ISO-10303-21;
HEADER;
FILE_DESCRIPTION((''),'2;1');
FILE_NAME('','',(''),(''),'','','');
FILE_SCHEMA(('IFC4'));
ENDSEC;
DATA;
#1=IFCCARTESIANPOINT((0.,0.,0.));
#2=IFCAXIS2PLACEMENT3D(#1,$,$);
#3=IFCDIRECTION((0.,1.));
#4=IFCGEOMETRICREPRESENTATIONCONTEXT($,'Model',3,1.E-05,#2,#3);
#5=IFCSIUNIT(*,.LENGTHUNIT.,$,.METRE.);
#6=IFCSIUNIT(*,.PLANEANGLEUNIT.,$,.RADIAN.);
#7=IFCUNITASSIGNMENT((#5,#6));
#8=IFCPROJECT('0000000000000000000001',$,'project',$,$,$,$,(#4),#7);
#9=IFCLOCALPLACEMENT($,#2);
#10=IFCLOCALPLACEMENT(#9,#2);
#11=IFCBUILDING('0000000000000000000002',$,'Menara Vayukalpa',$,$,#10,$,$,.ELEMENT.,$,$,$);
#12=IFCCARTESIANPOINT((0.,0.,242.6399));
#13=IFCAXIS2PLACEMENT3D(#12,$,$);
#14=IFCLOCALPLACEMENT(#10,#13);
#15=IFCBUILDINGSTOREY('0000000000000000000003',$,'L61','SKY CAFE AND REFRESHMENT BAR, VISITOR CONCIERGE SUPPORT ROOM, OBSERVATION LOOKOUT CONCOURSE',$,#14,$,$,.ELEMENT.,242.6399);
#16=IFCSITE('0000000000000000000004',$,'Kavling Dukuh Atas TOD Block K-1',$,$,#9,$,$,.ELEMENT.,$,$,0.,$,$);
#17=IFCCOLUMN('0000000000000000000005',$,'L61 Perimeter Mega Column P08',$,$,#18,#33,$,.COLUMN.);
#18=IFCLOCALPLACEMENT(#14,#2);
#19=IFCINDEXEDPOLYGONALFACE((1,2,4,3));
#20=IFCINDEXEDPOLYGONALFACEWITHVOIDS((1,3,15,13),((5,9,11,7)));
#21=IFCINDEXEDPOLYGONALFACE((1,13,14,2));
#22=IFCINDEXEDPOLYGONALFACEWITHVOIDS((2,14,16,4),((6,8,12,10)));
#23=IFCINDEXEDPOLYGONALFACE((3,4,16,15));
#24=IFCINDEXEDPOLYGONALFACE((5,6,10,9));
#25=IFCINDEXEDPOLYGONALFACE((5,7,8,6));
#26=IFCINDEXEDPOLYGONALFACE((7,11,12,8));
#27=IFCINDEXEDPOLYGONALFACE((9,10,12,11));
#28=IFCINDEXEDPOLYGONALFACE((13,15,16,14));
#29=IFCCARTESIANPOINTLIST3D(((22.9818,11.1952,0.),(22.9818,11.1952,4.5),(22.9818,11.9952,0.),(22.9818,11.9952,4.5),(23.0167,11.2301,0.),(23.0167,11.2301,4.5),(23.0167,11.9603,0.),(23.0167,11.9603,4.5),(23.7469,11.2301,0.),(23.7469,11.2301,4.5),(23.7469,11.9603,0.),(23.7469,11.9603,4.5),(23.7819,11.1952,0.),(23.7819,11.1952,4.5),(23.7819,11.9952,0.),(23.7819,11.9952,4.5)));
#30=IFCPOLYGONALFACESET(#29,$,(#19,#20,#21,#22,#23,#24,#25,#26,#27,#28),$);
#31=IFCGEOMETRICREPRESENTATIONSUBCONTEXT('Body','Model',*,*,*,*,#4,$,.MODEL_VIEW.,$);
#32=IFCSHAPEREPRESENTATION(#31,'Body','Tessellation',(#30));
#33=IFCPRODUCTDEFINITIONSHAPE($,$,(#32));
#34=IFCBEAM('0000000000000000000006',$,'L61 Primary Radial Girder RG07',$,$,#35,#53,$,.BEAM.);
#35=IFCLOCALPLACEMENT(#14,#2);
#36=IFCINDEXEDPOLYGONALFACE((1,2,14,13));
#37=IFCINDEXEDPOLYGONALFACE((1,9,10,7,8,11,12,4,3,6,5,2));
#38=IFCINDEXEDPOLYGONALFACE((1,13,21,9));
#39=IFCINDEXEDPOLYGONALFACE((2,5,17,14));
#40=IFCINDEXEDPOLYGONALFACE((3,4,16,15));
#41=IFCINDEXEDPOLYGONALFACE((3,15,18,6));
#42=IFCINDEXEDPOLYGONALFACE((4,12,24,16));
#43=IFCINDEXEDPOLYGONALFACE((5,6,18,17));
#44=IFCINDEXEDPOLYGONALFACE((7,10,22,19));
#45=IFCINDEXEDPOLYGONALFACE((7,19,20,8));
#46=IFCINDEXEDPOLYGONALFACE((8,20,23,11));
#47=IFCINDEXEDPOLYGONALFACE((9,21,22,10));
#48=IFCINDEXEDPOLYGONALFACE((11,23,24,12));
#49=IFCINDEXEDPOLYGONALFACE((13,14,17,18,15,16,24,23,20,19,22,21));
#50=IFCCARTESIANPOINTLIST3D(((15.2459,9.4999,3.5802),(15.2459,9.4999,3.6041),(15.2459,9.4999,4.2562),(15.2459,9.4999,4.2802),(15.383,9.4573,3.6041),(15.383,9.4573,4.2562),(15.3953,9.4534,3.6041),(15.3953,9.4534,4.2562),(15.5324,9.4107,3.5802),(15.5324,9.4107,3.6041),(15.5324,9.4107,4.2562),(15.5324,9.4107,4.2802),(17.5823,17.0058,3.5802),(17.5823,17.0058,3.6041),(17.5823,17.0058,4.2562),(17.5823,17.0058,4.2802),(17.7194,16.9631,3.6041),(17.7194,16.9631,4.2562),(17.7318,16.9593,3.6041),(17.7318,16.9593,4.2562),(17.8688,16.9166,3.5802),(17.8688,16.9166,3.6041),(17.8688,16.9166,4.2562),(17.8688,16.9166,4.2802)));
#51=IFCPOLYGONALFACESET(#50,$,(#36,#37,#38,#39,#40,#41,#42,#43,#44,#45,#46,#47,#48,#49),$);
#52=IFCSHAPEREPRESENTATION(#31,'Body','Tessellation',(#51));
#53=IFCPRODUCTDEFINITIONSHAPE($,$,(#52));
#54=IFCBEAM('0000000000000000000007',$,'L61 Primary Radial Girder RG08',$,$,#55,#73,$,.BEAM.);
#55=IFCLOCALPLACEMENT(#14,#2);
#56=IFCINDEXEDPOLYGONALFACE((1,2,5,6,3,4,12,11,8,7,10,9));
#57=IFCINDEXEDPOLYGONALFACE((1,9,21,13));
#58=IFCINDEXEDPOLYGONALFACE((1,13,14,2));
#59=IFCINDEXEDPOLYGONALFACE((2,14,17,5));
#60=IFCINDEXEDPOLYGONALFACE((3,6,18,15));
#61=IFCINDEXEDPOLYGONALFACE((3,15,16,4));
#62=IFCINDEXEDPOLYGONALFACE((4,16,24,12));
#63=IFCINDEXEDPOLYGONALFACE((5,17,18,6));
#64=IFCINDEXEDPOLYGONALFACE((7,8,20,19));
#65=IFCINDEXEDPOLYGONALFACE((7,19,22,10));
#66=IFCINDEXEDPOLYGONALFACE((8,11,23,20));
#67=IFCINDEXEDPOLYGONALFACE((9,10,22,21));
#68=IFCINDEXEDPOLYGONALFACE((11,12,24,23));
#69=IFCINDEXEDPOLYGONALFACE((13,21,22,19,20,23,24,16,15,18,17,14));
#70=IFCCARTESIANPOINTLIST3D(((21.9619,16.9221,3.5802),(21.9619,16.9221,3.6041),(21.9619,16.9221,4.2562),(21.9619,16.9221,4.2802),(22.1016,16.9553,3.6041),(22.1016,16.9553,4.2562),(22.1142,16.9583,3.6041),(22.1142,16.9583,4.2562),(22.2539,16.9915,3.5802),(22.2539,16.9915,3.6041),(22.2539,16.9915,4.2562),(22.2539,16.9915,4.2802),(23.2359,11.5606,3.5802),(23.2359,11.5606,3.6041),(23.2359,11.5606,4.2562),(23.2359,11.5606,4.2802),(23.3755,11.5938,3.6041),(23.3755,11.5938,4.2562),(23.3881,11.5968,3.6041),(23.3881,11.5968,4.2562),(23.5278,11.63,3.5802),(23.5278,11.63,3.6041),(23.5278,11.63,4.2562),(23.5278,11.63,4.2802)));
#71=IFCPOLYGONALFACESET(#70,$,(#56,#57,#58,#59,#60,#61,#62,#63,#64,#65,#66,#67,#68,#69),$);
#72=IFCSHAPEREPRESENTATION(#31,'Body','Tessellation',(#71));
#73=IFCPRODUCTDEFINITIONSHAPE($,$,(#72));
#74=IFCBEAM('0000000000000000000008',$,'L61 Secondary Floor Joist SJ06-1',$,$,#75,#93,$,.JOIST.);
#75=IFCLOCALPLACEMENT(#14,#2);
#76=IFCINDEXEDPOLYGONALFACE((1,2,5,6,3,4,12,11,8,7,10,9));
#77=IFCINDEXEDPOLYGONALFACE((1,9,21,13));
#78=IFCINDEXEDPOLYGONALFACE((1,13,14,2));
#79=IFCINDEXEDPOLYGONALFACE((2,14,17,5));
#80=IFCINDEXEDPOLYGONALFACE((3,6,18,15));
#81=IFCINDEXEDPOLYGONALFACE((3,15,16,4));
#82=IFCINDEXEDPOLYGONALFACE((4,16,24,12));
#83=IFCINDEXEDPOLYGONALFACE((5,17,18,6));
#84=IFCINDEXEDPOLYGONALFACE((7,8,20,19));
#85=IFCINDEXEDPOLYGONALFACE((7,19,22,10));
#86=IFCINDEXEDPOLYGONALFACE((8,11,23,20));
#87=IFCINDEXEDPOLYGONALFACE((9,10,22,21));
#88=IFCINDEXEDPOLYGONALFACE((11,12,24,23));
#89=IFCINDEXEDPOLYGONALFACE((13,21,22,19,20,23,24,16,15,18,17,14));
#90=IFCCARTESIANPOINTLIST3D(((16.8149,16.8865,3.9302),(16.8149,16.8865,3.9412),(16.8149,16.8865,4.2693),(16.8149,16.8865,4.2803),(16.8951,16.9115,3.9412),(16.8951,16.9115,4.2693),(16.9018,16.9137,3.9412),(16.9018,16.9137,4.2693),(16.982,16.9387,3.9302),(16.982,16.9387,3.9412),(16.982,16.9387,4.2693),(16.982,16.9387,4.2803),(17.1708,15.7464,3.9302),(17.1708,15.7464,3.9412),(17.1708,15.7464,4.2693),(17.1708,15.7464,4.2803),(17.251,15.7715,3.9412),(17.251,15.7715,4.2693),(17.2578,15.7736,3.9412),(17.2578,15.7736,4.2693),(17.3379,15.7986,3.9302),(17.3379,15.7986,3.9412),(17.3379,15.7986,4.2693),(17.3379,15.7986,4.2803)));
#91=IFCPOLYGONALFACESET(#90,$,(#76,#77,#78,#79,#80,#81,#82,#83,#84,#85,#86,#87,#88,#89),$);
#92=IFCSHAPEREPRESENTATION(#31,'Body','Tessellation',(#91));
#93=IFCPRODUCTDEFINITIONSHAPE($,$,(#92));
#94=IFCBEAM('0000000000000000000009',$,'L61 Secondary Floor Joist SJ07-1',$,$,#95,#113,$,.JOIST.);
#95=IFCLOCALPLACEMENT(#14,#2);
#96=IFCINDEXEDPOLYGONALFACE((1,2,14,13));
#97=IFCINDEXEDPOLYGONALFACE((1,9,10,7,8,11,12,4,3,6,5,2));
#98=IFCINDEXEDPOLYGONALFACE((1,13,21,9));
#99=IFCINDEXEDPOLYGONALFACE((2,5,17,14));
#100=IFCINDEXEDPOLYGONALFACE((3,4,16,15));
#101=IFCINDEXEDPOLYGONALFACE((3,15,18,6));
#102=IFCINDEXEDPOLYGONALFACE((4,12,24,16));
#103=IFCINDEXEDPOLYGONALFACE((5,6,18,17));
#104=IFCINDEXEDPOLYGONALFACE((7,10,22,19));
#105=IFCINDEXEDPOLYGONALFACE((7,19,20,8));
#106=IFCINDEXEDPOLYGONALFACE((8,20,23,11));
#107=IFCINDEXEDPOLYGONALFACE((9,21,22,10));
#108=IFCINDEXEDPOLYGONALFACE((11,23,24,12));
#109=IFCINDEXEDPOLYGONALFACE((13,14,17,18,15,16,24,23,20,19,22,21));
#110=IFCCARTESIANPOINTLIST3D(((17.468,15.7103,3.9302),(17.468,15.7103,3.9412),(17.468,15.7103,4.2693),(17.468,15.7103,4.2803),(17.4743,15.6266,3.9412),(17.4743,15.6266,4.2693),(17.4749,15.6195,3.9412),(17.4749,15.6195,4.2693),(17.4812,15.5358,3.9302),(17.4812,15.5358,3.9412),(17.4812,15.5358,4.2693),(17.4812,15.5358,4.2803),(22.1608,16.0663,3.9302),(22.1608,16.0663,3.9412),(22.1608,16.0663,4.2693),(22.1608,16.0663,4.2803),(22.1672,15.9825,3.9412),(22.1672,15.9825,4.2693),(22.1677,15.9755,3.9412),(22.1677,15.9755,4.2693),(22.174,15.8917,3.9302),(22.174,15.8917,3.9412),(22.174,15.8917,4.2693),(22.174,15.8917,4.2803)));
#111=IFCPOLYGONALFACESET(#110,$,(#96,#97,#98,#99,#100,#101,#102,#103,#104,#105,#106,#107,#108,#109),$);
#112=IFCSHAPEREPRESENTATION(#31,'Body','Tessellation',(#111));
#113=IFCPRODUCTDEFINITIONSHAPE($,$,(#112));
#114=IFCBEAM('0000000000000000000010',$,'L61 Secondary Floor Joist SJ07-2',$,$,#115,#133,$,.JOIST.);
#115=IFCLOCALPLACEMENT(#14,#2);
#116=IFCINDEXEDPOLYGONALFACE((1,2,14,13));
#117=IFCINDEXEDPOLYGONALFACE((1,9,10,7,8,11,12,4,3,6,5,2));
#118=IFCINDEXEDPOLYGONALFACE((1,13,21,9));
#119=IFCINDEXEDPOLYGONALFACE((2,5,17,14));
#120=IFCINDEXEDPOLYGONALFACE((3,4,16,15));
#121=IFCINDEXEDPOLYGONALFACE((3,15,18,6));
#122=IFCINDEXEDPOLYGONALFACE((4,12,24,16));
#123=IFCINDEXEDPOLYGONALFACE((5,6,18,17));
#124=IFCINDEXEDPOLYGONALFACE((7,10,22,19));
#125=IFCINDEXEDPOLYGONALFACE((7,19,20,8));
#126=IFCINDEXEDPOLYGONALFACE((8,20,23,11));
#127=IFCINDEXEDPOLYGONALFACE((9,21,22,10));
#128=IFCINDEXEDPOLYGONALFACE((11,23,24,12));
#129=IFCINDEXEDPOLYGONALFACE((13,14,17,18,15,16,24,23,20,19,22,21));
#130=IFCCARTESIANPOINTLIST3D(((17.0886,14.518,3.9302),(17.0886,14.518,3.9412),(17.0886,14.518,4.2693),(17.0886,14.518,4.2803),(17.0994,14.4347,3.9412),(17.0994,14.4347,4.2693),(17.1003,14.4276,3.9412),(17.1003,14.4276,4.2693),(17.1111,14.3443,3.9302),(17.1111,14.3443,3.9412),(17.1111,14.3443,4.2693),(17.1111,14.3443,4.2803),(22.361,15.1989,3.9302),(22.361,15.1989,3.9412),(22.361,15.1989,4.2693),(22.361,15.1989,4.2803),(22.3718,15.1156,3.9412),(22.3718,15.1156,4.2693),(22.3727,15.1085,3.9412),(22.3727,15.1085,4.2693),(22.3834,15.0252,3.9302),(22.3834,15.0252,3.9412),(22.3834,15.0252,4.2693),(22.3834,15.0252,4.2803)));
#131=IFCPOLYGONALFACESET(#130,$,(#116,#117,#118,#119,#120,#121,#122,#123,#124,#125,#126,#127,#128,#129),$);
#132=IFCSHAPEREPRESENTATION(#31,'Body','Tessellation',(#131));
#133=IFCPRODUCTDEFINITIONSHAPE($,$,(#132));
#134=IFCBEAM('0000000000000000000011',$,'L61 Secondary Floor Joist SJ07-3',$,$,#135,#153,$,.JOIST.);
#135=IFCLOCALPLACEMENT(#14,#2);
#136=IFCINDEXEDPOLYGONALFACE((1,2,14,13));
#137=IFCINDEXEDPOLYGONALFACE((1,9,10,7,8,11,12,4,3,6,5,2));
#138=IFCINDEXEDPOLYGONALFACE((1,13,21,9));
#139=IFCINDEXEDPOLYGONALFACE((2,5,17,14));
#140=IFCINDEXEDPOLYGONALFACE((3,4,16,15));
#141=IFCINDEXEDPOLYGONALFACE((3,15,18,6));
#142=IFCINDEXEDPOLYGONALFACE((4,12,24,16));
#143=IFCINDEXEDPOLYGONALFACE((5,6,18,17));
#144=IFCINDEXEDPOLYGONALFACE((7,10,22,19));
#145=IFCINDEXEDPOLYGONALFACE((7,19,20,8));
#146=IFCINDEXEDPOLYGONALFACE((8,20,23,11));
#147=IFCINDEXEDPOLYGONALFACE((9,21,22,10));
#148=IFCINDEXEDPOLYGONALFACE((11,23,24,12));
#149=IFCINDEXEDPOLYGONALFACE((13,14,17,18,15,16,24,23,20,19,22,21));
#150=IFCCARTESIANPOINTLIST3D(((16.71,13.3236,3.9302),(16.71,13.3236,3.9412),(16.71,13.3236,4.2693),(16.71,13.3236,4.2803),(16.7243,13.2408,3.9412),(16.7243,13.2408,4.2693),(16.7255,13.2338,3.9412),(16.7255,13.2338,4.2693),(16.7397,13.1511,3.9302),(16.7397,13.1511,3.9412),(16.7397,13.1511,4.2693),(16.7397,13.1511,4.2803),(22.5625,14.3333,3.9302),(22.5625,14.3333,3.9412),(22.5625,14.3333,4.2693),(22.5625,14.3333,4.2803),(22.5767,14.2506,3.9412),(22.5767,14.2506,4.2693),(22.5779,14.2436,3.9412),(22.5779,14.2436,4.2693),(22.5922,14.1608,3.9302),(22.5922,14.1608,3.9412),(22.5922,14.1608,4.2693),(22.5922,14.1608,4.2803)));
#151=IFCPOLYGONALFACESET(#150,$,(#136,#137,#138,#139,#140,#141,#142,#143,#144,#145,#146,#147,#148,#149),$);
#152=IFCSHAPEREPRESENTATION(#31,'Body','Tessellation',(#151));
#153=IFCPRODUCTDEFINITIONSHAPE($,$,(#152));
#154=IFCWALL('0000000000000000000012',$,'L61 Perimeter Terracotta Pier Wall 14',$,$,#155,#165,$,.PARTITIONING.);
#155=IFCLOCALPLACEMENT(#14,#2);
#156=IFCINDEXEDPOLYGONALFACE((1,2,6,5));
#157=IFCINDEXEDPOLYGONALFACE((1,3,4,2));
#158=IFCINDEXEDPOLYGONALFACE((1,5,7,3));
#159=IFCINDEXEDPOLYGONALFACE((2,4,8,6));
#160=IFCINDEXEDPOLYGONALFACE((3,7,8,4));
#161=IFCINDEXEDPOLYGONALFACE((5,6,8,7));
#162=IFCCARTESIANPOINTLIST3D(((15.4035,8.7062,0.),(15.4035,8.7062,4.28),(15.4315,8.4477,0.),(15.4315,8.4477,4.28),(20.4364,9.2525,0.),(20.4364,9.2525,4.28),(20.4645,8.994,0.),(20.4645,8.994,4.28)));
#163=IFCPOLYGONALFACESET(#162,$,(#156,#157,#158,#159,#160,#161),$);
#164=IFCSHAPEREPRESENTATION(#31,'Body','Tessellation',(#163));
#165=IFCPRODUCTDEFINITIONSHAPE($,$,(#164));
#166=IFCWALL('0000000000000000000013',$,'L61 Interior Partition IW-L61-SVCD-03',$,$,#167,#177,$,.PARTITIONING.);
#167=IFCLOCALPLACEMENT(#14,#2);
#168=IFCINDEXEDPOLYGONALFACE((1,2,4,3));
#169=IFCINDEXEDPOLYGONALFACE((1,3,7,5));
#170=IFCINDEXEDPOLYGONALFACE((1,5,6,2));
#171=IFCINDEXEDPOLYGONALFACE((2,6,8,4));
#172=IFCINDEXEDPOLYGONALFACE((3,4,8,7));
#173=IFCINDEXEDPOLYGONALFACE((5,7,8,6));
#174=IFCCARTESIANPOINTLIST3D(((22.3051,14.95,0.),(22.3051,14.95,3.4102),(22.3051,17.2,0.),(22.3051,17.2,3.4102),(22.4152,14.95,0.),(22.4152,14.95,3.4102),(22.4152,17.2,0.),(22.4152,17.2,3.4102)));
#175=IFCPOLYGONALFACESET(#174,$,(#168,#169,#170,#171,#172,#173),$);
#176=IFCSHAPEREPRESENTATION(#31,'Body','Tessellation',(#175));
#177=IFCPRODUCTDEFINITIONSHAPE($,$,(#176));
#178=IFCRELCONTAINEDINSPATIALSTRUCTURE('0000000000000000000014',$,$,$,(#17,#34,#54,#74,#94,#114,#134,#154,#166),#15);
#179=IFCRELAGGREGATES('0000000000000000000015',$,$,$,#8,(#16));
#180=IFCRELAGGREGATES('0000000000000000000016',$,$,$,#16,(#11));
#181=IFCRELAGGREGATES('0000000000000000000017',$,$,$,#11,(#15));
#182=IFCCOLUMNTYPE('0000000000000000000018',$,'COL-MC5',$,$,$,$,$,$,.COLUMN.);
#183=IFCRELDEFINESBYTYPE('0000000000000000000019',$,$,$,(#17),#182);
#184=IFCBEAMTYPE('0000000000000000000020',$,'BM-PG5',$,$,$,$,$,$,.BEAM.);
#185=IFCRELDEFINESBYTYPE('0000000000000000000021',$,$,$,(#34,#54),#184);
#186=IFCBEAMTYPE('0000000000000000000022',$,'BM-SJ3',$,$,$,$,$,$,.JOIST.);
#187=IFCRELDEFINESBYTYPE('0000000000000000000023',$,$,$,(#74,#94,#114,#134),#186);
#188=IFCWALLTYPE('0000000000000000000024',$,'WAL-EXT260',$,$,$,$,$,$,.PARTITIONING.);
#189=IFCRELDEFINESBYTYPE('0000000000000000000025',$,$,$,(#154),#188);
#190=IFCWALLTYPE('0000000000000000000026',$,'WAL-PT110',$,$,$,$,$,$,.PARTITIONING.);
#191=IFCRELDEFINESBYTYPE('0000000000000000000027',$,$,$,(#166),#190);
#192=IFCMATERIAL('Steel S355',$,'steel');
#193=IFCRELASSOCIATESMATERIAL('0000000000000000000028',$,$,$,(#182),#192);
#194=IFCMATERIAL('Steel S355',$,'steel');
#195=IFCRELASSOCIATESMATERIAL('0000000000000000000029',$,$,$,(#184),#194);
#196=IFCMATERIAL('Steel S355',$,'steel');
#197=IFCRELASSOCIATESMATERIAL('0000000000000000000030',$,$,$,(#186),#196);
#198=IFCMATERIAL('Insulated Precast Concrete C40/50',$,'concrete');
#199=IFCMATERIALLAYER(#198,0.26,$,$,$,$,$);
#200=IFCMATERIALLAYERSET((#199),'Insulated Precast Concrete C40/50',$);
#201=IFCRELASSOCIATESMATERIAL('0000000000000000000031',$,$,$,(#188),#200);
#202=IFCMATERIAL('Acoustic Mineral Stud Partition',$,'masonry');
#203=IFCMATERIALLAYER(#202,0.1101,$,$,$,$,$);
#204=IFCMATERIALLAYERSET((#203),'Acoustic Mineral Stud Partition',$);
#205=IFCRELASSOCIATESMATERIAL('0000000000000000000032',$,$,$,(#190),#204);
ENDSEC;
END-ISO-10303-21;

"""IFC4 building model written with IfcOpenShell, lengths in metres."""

from ifc_helpers import new_model, si_unit, direction, frame, frame_2d, origin, origin_2d, place, context, subcontext, project, spatial, rectangle, hollow_rectangle, i_section, extrude, material, layer, layer_set, material_profile, profile_set, type_object, element, save


model = new_model("IFC4")

# Units and contexts
model_context = context("Model", 3, precision=1e-05, world=origin(), true_north=direction((0.0, 1.0)))
body_context = subcontext(model_context, "Body", "Model", "MODEL_VIEW")
ifc_project = project(units=[si_unit("LENGTHUNIT", "METRE"), si_unit("PLANEANGLEUNIT", "RADIAN")], contexts=[model_context])

# Site, building, storey
site_placement = place(None, origin())
site = spatial("IfcSite", under=ifc_project, at=site_placement, Name="Kavling Dukuh Atas TOD Block K-1", CompositionType="ELEMENT", RefElevation=0.0)
building_placement = place(site_placement, origin())
building = spatial("IfcBuilding", under=site, at=building_placement, Name="Menara Vayukalpa", CompositionType="ELEMENT")
storey_placement = place(building_placement, frame((0.0, 0.0, 242.6399)))
storey = spatial("IfcBuildingStorey", under=building, at=storey_placement, Name="L61", Description="SKY CAFE AND REFRESHMENT BAR, VISITOR CONCIERGE SUPPORT ROOM, OBSERVATION LOOKOUT CONCOURSE", CompositionType="ELEMENT", Elevation=242.6399)

# Column
ifc_material_1 = material(Name="Steel S355", Category="steel")
ifc_material_profile_1 = material_profile(ifc_material_1, hollow_rectangle(XDim=0.8, YDim=0.8, WallThickness=0.0349, at=origin_2d()), Name="BOX 800x800x35")
ifc_profile_set_1 = profile_set([ifc_material_profile_1], Name="Steel S355")
column_type = type_object("IfcColumnType", Name="COL-MC5", PredefinedType="COLUMN", material=ifc_profile_set_1)
column_placement = place(storey_placement, frame((23.3818, 11.5952, 0.0), z_axis=(0.0, 0.0, 1.0), x_axis=(1.0, 0.0, 0.0)))
element("IfcColumn", 1, at=column_placement, inside=storey, type_object=column_type, Name="L61 Perimeter Mega Column P08", PredefinedType="COLUMN", context=body_context, shape_type="SweptSolid", body=[
    extrude(hollow_rectangle(XDim=0.8, YDim=0.8, WallThickness=0.0349, at=origin_2d()), origin(), (0.0, 0.0, 1.0), 4.5),
])

# Beams
ifc_material_2 = material(Name="Steel S355", Category="steel")
ifc_material_profile_2 = material_profile(ifc_material_2, i_section(OverallWidth=0.3, OverallDepth=0.7, WebThickness=0.0129, FlangeThickness=0.0239, at=origin_2d()), Name="WF 700x300x13x24")
ifc_profile_set_2 = profile_set([ifc_material_profile_2], Name="Steel S355")
beam_type_1 = type_object("IfcBeamType", Name="BM-PG5", PredefinedType="BEAM", material=ifc_profile_set_2)
beam_1_placement = place(storey_placement, frame((17.7256, 16.9612, 3.9302), z_axis=(-0.297214, -0.954811, 0.0), x_axis=(0.954811, -0.297214, 0.0)))
element("IfcBeam", 2, at=beam_1_placement, inside=storey, type_object=beam_type_1, Name="L61 Primary Radial Girder RG07", PredefinedType="BEAM", context=body_context, shape_type="SweptSolid", body=[
    extrude(i_section(OverallWidth=0.3, OverallDepth=0.7, WebThickness=0.0129, FlangeThickness=0.0239, at=origin_2d()), origin(), (0.0, 0.0, 1.0), 7.8611),
])
beam_2_placement = place(storey_placement, frame((22.1079, 16.9568, 3.9302), z_axis=(0.231167, -0.972914, 0.0), x_axis=(0.972914, 0.231167, 0.0)))
element("IfcBeam", 3, at=beam_2_placement, inside=storey, type_object=beam_type_1, Name="L61 Primary Radial Girder RG08", PredefinedType="BEAM", context=body_context, shape_type="SweptSolid", body=[
    extrude(i_section(OverallWidth=0.3, OverallDepth=0.7, WebThickness=0.0129, FlangeThickness=0.0239, at=origin_2d()), origin(), (0.0, 0.0, 1.0), 5.5107),
])
ifc_material_3 = material(Name="Steel S355", Category="steel")
ifc_material_profile_3 = material_profile(ifc_material_3, i_section(OverallWidth=0.175, OverallDepth=0.3501, WebThickness=0.0071, FlangeThickness=0.011, at=origin_2d()), Name="WF 350x175x7x11")
ifc_profile_set_3 = profile_set([ifc_material_profile_3], Name="Steel S355")
beam_type_2 = type_object("IfcBeamType", Name="BM-SJ3", PredefinedType="JOIST", material=ifc_profile_set_3)
beam_3_placement = place(storey_placement, frame((16.8984, 16.9126, 4.1052), z_axis=(0.298019, -0.95456, 0.0), x_axis=(0.95456, 0.298019, 0.0)))
element("IfcBeam", 4, at=beam_3_placement, inside=storey, type_object=beam_type_2, Name="L61 Secondary Floor Joist SJ06-1", PredefinedType="JOIST", context=body_context, shape_type="SweptSolid", body=[
    extrude(i_section(OverallWidth=0.175, OverallDepth=0.3501, WebThickness=0.0071, FlangeThickness=0.011, at=origin_2d()), origin(), (0.0, 0.0, 1.0), 1.1943),
])
beam_4_placement = place(storey_placement, frame((17.4746, 15.623, 4.1052), z_axis=(0.997136, 0.075633, 0.0), x_axis=(-0.075633, 0.997136, 0.0)))
element("IfcBeam", 5, at=beam_4_placement, inside=storey, type_object=beam_type_2, Name="L61 Secondary Floor Joist SJ07-1", PredefinedType="JOIST", context=body_context, shape_type="SweptSolid", body=[
    extrude(i_section(OverallWidth=0.175, OverallDepth=0.3501, WebThickness=0.0071, FlangeThickness=0.011, at=origin_2d()), origin(), (0.0, 0.0, 1.0), 4.7063),
])
beam_5_placement = place(storey_placement, frame((17.0999, 14.4312, 4.1052), z_axis=(0.991764, 0.128081, 0.0), x_axis=(-0.128081, 0.991764, 0.0)))
element("IfcBeam", 6, at=beam_5_placement, inside=storey, type_object=beam_type_2, Name="L61 Secondary Floor Joist SJ07-2", PredefinedType="JOIST", context=body_context, shape_type="SweptSolid", body=[
    extrude(i_section(OverallWidth=0.175, OverallDepth=0.3501, WebThickness=0.0071, FlangeThickness=0.011, at=origin_2d()), origin(), (0.0, 0.0, 1.0), 5.3162),
])
beam_6_placement = place(storey_placement, frame((16.7249, 13.2373, 4.1052), z_axis=(0.98544, 0.170023, 0.0), x_axis=(-0.170023, 0.98544, 0.0)))
element("IfcBeam", 7, at=beam_6_placement, inside=storey, type_object=beam_type_2, Name="L61 Secondary Floor Joist SJ07-3", PredefinedType="JOIST", context=body_context, shape_type="SweptSolid", body=[
    extrude(i_section(OverallWidth=0.175, OverallDepth=0.3501, WebThickness=0.0071, FlangeThickness=0.011, at=origin_2d()), origin(), (0.0, 0.0, 1.0), 5.939),
])

# Walls
ifc_material_4 = material(Name="Insulated Precast Concrete C40/50", Category="concrete")
ifc_layer_1 = layer(ifc_material_4, 0.26)
ifc_layer_set_1 = layer_set([ifc_layer_1], Name="Insulated Precast Concrete C40/50")
wall_type_1 = type_object("IfcWallType", Name="WAL-EXT260", PredefinedType="PARTITIONING", material=ifc_layer_set_1)
wall_1_placement = place(storey_placement, frame((20.4504, 9.1233, 0.0), z_axis=(0.0, 0.0, 1.0), x_axis=(-0.994159, -0.107928, 0.0)))
element("IfcWall", 8, at=wall_1_placement, inside=storey, type_object=wall_type_1, Name="L61 Perimeter Terracotta Pier Wall 14", PredefinedType="PARTITIONING", context=body_context, shape_type="SweptSolid", body=[
    extrude(rectangle(XDim=5.0625, YDim=0.26, at=frame_2d((2.5312, 0.0))), origin(), (0.0, 0.0, 1.0), 4.28),
])
ifc_material_5 = material(Name="Acoustic Mineral Stud Partition", Category="masonry")
ifc_layer_2 = layer(ifc_material_5, 0.1101)
ifc_layer_set_2 = layer_set([ifc_layer_2], Name="Acoustic Mineral Stud Partition")
wall_type_2 = type_object("IfcWallType", Name="WAL-PT110", PredefinedType="PARTITIONING", material=ifc_layer_set_2)
wall_2_placement = place(storey_placement, frame((22.3601, 14.95, 0.0), z_axis=(0.0, 0.0, 1.0), x_axis=(0.0, 1.0, 0.0)))
element("IfcWall", 9, at=wall_2_placement, inside=storey, type_object=wall_type_2, Name="L61 Interior Partition IW-L61-SVCD-03", PredefinedType="PARTITIONING", context=body_context, shape_type="SweptSolid", body=[
    extrude(rectangle(XDim=2.25, YDim=0.1101, at=frame_2d((1.125, 0.0))), origin(), (0.0, 0.0, 1.0), 3.4102),
])

save(model, "model.ifc")
